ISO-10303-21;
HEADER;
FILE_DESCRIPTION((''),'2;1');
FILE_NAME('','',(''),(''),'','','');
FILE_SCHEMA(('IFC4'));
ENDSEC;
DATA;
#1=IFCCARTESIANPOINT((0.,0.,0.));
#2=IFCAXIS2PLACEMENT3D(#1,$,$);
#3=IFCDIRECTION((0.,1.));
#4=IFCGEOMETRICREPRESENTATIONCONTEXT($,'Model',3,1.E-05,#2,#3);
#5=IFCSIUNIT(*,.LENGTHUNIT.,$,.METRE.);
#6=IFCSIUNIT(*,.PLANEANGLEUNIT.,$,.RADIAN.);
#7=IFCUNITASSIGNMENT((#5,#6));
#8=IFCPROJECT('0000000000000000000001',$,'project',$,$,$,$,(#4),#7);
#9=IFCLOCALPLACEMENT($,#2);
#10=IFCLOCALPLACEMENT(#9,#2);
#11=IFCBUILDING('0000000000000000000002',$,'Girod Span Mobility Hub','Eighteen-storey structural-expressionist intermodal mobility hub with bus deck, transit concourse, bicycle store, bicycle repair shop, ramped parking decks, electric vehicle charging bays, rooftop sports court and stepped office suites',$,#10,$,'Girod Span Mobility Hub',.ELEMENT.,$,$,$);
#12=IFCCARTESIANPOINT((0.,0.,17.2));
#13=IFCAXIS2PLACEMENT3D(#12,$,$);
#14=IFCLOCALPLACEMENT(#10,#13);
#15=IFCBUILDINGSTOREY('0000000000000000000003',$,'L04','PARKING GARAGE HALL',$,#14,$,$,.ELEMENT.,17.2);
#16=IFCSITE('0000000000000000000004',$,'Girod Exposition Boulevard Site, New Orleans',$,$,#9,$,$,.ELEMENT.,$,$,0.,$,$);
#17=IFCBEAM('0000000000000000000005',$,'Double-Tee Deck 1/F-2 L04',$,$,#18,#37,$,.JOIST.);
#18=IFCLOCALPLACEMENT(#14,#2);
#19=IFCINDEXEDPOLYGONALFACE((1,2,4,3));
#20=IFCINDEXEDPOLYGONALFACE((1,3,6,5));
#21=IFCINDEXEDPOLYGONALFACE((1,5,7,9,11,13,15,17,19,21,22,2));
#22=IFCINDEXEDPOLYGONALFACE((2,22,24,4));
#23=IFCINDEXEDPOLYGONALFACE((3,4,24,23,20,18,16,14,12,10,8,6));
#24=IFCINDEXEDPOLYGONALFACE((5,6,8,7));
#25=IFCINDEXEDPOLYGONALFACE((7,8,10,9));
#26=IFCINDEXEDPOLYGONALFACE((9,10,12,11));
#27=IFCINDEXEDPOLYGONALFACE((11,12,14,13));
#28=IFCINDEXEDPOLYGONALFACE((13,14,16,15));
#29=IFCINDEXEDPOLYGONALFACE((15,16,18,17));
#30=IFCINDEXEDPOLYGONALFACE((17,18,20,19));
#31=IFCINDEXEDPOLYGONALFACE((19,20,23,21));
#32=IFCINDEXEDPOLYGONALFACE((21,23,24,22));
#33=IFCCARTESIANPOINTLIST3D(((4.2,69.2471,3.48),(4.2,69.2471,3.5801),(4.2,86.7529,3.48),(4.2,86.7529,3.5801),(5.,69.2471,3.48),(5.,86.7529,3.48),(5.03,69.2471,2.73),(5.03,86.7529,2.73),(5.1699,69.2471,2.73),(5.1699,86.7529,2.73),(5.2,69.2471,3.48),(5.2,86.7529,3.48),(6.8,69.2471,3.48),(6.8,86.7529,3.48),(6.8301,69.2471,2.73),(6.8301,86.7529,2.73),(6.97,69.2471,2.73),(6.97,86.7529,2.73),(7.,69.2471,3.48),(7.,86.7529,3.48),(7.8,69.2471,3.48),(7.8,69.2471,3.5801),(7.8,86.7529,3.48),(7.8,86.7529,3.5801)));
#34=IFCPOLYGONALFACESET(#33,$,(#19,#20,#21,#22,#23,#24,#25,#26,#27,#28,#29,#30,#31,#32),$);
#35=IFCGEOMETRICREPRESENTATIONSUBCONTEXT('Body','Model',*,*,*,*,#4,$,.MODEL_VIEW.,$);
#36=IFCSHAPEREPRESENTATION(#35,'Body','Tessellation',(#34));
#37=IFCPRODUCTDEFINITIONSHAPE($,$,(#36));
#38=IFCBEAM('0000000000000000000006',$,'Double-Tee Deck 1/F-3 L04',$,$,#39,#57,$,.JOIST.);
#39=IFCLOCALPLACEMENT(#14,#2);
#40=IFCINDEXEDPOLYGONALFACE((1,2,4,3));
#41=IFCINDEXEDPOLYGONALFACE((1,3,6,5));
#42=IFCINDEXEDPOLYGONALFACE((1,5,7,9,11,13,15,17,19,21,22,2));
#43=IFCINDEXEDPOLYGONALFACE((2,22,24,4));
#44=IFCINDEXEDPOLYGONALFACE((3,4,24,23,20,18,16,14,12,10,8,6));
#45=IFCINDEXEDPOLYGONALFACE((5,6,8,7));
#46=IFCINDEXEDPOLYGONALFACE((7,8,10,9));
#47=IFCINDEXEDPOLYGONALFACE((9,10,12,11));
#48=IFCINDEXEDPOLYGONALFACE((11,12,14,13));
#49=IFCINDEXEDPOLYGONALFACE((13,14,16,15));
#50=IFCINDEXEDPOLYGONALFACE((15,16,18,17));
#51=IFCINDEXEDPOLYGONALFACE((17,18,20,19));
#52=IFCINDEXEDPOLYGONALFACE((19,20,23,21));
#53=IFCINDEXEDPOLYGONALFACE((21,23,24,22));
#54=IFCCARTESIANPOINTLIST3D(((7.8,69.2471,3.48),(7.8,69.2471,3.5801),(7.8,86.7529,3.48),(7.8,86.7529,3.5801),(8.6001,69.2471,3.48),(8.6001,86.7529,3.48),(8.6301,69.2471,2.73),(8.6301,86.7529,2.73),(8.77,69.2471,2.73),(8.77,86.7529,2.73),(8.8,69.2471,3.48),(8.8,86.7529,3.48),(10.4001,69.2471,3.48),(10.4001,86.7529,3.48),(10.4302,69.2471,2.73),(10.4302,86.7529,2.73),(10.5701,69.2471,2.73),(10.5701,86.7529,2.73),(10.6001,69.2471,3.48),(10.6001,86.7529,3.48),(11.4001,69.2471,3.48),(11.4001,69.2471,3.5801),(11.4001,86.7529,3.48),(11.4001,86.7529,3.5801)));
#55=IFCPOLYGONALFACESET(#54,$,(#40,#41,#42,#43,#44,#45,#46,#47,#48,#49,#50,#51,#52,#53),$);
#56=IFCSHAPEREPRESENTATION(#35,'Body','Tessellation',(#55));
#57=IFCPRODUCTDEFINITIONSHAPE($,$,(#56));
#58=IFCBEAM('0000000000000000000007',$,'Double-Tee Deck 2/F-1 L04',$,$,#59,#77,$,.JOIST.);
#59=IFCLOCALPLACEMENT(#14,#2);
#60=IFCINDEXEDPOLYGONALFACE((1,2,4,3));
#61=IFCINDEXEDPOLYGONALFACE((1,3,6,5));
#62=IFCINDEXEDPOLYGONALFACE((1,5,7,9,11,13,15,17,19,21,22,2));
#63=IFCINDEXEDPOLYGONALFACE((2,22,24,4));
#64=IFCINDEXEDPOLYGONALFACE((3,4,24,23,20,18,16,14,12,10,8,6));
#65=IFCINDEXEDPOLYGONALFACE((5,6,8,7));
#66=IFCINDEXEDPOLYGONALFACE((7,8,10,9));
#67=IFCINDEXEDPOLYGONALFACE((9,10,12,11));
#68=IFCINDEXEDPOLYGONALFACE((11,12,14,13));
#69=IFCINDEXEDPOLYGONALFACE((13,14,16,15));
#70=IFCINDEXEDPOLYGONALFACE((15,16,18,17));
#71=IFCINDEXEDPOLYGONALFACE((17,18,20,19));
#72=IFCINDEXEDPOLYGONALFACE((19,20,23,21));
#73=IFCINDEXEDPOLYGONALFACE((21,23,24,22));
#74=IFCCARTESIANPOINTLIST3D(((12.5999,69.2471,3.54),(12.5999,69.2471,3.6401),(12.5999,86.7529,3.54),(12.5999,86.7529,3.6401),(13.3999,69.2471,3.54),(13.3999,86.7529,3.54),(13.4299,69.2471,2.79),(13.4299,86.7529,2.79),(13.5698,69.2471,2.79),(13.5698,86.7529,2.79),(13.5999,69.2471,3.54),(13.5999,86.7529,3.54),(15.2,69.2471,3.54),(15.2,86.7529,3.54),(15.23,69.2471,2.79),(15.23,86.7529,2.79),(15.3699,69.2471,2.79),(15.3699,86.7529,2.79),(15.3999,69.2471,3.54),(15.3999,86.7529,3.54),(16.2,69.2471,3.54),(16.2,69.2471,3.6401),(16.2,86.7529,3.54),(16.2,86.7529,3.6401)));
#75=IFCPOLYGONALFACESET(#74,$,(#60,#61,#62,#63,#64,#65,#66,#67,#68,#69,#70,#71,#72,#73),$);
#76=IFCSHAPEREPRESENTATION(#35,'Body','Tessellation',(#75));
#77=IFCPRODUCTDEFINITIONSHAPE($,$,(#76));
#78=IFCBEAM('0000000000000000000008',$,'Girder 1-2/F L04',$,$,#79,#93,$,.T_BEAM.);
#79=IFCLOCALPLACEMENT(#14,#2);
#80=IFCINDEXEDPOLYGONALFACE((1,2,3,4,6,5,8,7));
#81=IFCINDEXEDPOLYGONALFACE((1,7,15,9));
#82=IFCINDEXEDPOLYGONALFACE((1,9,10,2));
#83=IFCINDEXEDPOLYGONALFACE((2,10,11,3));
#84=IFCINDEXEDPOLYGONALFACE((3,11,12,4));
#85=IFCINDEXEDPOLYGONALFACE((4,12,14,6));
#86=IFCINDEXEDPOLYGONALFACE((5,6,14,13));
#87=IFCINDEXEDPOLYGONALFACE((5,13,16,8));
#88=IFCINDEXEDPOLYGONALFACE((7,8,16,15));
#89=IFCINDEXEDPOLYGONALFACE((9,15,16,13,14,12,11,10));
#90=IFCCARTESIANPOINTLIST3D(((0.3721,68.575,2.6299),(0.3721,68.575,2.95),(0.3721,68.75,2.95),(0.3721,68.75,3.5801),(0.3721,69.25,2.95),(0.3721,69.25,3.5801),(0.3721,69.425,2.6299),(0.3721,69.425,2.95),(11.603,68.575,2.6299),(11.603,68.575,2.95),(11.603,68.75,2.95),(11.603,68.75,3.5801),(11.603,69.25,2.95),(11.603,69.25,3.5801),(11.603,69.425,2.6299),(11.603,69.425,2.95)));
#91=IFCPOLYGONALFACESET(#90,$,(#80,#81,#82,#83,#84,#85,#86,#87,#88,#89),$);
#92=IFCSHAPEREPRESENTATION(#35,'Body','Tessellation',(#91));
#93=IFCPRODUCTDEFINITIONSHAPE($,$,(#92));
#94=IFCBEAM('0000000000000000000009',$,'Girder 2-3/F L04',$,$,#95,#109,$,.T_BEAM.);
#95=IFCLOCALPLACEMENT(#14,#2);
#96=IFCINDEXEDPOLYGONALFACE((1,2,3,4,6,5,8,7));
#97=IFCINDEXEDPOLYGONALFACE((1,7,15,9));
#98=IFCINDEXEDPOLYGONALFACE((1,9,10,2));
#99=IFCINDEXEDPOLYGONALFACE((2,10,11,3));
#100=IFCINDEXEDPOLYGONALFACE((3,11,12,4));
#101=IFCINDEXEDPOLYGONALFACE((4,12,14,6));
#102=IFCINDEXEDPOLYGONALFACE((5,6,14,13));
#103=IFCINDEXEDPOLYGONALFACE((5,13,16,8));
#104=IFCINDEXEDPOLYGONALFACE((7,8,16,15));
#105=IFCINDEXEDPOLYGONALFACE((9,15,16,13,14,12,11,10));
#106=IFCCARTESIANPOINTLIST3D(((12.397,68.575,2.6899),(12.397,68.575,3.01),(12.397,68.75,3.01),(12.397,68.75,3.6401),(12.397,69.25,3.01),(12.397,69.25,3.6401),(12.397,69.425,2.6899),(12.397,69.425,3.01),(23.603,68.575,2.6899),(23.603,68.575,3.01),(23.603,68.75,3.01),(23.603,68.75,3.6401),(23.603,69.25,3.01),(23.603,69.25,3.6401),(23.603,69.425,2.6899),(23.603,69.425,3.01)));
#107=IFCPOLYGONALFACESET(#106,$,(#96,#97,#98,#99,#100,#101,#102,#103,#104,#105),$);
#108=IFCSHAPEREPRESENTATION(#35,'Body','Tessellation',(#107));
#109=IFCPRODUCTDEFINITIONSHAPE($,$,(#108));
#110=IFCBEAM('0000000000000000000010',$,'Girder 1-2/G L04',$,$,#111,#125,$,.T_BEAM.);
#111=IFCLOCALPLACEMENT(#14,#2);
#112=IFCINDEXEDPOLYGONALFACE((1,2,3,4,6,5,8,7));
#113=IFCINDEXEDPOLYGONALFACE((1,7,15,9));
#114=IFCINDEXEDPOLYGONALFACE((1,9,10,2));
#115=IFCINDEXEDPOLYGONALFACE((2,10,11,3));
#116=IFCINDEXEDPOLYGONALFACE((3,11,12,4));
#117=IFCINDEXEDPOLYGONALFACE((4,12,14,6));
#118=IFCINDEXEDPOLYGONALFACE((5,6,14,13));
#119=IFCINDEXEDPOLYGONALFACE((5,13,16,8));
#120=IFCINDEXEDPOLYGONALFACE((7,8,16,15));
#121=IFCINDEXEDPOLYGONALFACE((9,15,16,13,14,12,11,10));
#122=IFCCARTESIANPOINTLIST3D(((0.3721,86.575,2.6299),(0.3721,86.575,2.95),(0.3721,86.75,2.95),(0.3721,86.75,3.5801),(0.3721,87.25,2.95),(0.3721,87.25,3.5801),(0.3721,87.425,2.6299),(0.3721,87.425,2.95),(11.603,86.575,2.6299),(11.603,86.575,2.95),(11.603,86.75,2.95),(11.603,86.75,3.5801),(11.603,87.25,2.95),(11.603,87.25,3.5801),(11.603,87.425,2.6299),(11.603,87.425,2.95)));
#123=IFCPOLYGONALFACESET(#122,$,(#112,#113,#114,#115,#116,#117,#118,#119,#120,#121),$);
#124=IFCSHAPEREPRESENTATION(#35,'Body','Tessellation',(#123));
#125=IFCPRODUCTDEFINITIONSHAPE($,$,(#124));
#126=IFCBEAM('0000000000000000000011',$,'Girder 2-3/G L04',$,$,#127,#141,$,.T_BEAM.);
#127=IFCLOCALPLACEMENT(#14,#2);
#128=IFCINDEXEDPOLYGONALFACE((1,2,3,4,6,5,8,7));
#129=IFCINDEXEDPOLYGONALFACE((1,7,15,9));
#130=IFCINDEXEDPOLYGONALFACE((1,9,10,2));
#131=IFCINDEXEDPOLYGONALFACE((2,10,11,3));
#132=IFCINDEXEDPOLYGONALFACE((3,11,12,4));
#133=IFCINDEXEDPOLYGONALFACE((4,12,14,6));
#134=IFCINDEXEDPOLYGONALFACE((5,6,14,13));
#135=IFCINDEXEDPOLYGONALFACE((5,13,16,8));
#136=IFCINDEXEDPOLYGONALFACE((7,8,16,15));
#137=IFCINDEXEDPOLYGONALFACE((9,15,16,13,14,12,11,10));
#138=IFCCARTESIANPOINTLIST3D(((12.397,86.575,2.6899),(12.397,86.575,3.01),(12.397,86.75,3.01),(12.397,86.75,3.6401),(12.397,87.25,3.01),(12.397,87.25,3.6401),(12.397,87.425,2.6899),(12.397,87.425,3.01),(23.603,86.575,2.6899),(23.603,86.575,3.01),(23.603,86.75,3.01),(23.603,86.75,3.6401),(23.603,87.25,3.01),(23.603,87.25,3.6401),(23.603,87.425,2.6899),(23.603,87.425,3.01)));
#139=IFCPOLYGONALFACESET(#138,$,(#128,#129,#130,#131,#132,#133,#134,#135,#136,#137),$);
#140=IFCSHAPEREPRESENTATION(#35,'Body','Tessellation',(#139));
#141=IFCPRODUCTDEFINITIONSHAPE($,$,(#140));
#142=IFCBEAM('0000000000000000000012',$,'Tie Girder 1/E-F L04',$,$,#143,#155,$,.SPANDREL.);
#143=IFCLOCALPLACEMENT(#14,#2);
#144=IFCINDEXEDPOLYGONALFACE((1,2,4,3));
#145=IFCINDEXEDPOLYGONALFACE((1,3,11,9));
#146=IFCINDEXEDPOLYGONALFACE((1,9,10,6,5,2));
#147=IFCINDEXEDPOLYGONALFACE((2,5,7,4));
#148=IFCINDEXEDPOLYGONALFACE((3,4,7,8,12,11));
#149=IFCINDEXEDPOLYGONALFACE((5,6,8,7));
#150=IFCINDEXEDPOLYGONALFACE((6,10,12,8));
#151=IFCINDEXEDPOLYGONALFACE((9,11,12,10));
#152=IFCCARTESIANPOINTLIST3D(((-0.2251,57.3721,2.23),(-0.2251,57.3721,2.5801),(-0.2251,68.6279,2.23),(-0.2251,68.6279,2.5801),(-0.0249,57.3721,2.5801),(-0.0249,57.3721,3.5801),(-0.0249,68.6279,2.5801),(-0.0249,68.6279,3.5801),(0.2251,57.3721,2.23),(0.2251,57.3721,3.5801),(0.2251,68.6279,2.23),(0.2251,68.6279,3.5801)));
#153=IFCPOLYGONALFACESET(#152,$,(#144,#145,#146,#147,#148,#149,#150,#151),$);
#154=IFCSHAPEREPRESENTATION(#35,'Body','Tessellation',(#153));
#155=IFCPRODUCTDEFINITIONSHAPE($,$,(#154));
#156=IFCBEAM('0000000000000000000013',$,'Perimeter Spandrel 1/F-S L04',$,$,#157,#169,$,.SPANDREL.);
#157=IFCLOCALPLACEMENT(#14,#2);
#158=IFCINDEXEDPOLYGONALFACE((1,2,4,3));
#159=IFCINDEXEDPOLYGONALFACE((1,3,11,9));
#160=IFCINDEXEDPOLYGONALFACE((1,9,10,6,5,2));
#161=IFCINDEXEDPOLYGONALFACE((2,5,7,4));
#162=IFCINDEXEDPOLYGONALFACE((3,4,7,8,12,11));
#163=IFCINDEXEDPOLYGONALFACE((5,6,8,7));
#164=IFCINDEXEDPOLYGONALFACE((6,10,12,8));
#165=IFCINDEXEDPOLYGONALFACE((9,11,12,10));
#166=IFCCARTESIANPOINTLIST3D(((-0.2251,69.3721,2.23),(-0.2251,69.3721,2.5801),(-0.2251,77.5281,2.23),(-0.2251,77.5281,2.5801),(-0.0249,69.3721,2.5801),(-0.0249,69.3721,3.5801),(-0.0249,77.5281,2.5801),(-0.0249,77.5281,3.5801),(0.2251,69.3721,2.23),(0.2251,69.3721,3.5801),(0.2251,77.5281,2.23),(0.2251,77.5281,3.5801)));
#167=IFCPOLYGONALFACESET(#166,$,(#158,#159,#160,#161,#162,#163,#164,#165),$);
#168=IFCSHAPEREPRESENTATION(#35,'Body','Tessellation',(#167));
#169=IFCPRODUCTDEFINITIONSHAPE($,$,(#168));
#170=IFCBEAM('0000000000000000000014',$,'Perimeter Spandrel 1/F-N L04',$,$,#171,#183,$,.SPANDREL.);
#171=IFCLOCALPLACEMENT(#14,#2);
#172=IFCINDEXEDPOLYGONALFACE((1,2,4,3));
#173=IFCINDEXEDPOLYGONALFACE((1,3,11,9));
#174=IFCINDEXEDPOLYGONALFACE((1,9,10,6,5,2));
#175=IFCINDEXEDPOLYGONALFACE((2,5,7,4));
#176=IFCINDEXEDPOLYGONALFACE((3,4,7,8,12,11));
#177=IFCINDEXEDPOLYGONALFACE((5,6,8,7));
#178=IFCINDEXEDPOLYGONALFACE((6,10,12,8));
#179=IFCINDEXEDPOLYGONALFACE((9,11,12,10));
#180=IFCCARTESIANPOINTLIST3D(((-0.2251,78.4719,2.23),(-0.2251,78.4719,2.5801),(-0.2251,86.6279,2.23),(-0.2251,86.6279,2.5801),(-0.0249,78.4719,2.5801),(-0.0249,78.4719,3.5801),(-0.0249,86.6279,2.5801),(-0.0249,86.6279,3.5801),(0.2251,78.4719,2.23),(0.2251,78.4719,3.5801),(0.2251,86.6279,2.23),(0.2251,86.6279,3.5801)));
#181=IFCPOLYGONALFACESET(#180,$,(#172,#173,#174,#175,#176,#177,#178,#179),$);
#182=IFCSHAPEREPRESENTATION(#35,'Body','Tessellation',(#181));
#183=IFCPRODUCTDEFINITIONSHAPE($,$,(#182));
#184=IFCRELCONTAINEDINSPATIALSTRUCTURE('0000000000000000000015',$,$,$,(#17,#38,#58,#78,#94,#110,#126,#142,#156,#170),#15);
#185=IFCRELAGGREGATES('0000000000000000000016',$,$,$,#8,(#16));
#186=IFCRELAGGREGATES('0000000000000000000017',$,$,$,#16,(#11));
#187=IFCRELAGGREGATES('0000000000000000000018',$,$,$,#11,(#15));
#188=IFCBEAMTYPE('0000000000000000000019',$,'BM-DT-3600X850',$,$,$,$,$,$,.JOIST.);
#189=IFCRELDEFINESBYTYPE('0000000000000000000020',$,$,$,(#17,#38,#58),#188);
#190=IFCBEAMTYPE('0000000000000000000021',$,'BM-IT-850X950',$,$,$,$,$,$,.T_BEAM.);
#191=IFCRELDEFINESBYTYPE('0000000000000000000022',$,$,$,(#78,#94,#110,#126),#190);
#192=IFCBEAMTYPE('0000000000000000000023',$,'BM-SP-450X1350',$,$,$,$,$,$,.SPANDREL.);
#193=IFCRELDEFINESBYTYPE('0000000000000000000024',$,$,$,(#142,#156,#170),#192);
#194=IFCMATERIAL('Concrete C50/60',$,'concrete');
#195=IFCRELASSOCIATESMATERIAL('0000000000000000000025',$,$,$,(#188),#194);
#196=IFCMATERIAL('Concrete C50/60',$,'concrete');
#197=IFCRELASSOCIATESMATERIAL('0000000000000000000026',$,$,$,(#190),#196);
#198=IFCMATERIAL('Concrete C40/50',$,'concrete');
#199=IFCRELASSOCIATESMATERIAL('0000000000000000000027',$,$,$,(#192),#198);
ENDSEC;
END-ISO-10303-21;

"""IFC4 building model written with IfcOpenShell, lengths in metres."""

from ifc_helpers import new_model, si_unit, direction, frame, origin, place, context, subcontext, project, spatial, polyline, outline, extrude, material, material_profile, profile_set, type_object, element, save


model = new_model("IFC4")

# Units and contexts
model_context = context("Model", 3, precision=1e-05, world=origin(), true_north=direction((0.0, 1.0)))
body_context = subcontext(model_context, "Body", "Model", "MODEL_VIEW")
ifc_project = project(units=[si_unit("LENGTHUNIT", "METRE"), si_unit("PLANEANGLEUNIT", "RADIAN")], contexts=[model_context])

# Site, building, storey
site_placement = place(None, origin())
site = spatial("IfcSite", under=ifc_project, at=site_placement, Name="Girod Exposition Boulevard Site, New Orleans", CompositionType="ELEMENT", RefElevation=0.0)
building_placement = place(site_placement, origin())
building = spatial("IfcBuilding", under=site, at=building_placement, Name="Girod Span Mobility Hub", Description="Eighteen-storey structural-expressionist intermodal mobility hub with bus deck, transit concourse, bicycle store, bicycle repair shop, ramped parking decks, electric vehicle charging bays, rooftop sports court and stepped office suites", LongName="Girod Span Mobility Hub", CompositionType="ELEMENT")
storey_placement = place(building_placement, frame((0.0, 0.0, 17.2)))
storey = spatial("IfcBuildingStorey", under=building, at=storey_placement, Name="L04", Description="PARKING GARAGE HALL", CompositionType="ELEMENT", Elevation=17.2)

# Beams
ifc_material_1 = material(Name="Concrete C50/60", Category="concrete")
ifc_material_profile_1 = material_profile(ifc_material_1, outline(polyline([(-1.8, 0.425), (-1.8, 0.325), (-1.0, 0.325), (-0.97, -0.425), (-0.8301, -0.425), (-0.8, 0.325), (0.8, 0.325), (0.8301, -0.425), (0.97, -0.425), (1.0, 0.325), (1.8, 0.325), (1.8, 0.425), (-1.8, 0.425)])), Name="DT-3600X850")
ifc_profile_set_1 = profile_set([ifc_material_profile_1], Name="Concrete C50/60")
beam_type_1 = type_object("IfcBeamType", Name="BM-DT-3600X850", PredefinedType="JOIST", material=ifc_profile_set_1)
for number, where, z_axis, x_axis, name in (
    (1, (6.0, 69.2471, 3.155), (0.0, 1.0, 0.0), (-1.0, 0.0, 0.0), "Double-Tee Deck 1/F-2 L04"),
    (2, (9.6001, 69.2471, 3.155), (0.0, 1.0, 0.0), (-1.0, 0.0, 0.0), "Double-Tee Deck 1/F-3 L04"),
    (3, (14.3999, 69.2471, 3.2151), (0.0, 1.0, 0.0), (-1.0, 0.0, 0.0), "Double-Tee Deck 2/F-1 L04"),
):
    element("IfcBeam", number, at=place(storey_placement, frame(where, z_axis=z_axis, x_axis=x_axis)), inside=storey, type_object=beam_type_1, Name=name, PredefinedType="JOIST", context=body_context, shape_type="SweptSolid", body=[
        extrude(outline(polyline([(-1.8, 0.425), (-1.8, 0.325), (-1.0, 0.325), (-0.97, -0.425), (-0.8301, -0.425), (-0.8, 0.325), (0.8, 0.325), (0.8301, -0.425), (0.97, -0.425), (1.0, 0.325), (1.8, 0.325), (1.8, 0.425), (-1.8, 0.425)])), origin(), (0.0, 0.0, 1.0), 17.5059),
    ])
ifc_material_2 = material(Name="Concrete C50/60", Category="concrete")
ifc_material_profile_2 = material_profile(ifc_material_2, outline(polyline([(-0.425, -0.4751), (0.425, -0.4751), (0.425, -0.155), (0.25, -0.155), (0.25, 0.4751), (-0.25, 0.4751), (-0.25, -0.155), (-0.425, -0.155), (-0.425, -0.4751)])), Name="IT-850X950")
ifc_profile_set_2 = profile_set([ifc_material_profile_2], Name="Concrete C50/60")
beam_type_2 = type_object("IfcBeamType", Name="BM-IT-850X950", PredefinedType="T_BEAM", material=ifc_profile_set_2)
beam_1_placement = place(storey_placement, frame((0.3721, 69.0, 3.105), z_axis=(1.0, 0.0, 0.0), x_axis=(0.0, 1.0, 0.0)))
element("IfcBeam", 4, at=beam_1_placement, inside=storey, type_object=beam_type_2, Name="Girder 1-2/F L04", PredefinedType="T_BEAM", context=body_context, shape_type="SweptSolid", body=[
    extrude(outline(polyline([(-0.425, -0.4751), (0.425, -0.4751), (0.425, -0.155), (0.25, -0.155), (0.25, 0.4751), (-0.25, 0.4751), (-0.25, -0.155), (-0.425, -0.155), (-0.425, -0.4751)])), origin(), (0.0, 0.0, 1.0), 11.231),
])
beam_2_placement = place(storey_placement, frame((12.397, 69.0, 3.165), z_axis=(1.0, 0.0, 0.0), x_axis=(0.0, 1.0, 0.0)))
element("IfcBeam", 5, at=beam_2_placement, inside=storey, type_object=beam_type_2, Name="Girder 2-3/F L04", PredefinedType="T_BEAM", context=body_context, shape_type="SweptSolid", body=[
    extrude(outline(polyline([(-0.425, -0.4751), (0.425, -0.4751), (0.425, -0.155), (0.25, -0.155), (0.25, 0.4751), (-0.25, 0.4751), (-0.25, -0.155), (-0.425, -0.155), (-0.425, -0.4751)])), origin(), (0.0, 0.0, 1.0), 11.2061),
])
beam_3_placement = place(storey_placement, frame((0.3721, 87.0, 3.105), z_axis=(1.0, 0.0, 0.0), x_axis=(0.0, 1.0, 0.0)))
element("IfcBeam", 6, at=beam_3_placement, inside=storey, type_object=beam_type_2, Name="Girder 1-2/G L04", PredefinedType="T_BEAM", context=body_context, shape_type="SweptSolid", body=[
    extrude(outline(polyline([(-0.425, -0.4751), (0.425, -0.4751), (0.425, -0.155), (0.25, -0.155), (0.25, 0.4751), (-0.25, 0.4751), (-0.25, -0.155), (-0.425, -0.155), (-0.425, -0.4751)])), origin(), (0.0, 0.0, 1.0), 11.231),
])
beam_4_placement = place(storey_placement, frame((12.397, 87.0, 3.165), z_axis=(1.0, 0.0, 0.0), x_axis=(0.0, 1.0, 0.0)))
element("IfcBeam", 7, at=beam_4_placement, inside=storey, type_object=beam_type_2, Name="Girder 2-3/G L04", PredefinedType="T_BEAM", context=body_context, shape_type="SweptSolid", body=[
    extrude(outline(polyline([(-0.425, -0.4751), (0.425, -0.4751), (0.425, -0.155), (0.25, -0.155), (0.25, 0.4751), (-0.25, 0.4751), (-0.25, -0.155), (-0.425, -0.155), (-0.425, -0.4751)])), origin(), (0.0, 0.0, 1.0), 11.2061),
])
ifc_material_3 = material(Name="Concrete C40/50", Category="concrete")
ifc_material_profile_3 = material_profile(ifc_material_3, outline(polyline([(-0.2251, -0.675), (0.2251, -0.675), (0.2251, -0.325), (0.0249, -0.325), (0.0249, 0.675), (-0.2251, 0.675), (-0.2251, -0.675)])), Name="SP-450X1350")
ifc_profile_set_3 = profile_set([ifc_material_profile_3], Name="Concrete C40/50")
beam_type_3 = type_object("IfcBeamType", Name="BM-SP-450X1350", PredefinedType="SPANDREL", material=ifc_profile_set_3)
beam_5_placement = place(storey_placement, frame((0.0, 57.3721, 2.905), z_axis=(0.0, 1.0, 0.0), x_axis=(-1.0, 0.0, 0.0)))
element("IfcBeam", 8, at=beam_5_placement, inside=storey, type_object=beam_type_3, Name="Tie Girder 1/E-F L04", PredefinedType="SPANDREL", context=body_context, shape_type="SweptSolid", body=[
    extrude(outline(polyline([(-0.2251, -0.675), (0.2251, -0.675), (0.2251, -0.325), (0.0249, -0.325), (0.0249, 0.675), (-0.2251, 0.675), (-0.2251, -0.675)])), origin(), (0.0, 0.0, 1.0), 11.2559),
])
for number, where, z_axis, x_axis, name in (
    (9, (0.0, 69.3721, 2.905), (0.0, 1.0, 0.0), (-1.0, 0.0, 0.0), "Perimeter Spandrel 1/F-S L04"),
    (10, (0.0, 78.4719, 2.905), (0.0, 1.0, 0.0), (-1.0, 0.0, 0.0), "Perimeter Spandrel 1/F-N L04"),
):
    element("IfcBeam", number, at=place(storey_placement, frame(where, z_axis=z_axis, x_axis=x_axis)), inside=storey, type_object=beam_type_3, Name=name, PredefinedType="SPANDREL", context=body_context, shape_type="SweptSolid", body=[
        extrude(outline(polyline([(-0.2251, -0.675), (0.2251, -0.675), (0.2251, -0.325), (0.0249, -0.325), (0.0249, 0.675), (-0.2251, 0.675), (-0.2251, -0.675)])), origin(), (0.0, 0.0, 1.0), 8.156),
    ])

save(model, "model.ifc")
